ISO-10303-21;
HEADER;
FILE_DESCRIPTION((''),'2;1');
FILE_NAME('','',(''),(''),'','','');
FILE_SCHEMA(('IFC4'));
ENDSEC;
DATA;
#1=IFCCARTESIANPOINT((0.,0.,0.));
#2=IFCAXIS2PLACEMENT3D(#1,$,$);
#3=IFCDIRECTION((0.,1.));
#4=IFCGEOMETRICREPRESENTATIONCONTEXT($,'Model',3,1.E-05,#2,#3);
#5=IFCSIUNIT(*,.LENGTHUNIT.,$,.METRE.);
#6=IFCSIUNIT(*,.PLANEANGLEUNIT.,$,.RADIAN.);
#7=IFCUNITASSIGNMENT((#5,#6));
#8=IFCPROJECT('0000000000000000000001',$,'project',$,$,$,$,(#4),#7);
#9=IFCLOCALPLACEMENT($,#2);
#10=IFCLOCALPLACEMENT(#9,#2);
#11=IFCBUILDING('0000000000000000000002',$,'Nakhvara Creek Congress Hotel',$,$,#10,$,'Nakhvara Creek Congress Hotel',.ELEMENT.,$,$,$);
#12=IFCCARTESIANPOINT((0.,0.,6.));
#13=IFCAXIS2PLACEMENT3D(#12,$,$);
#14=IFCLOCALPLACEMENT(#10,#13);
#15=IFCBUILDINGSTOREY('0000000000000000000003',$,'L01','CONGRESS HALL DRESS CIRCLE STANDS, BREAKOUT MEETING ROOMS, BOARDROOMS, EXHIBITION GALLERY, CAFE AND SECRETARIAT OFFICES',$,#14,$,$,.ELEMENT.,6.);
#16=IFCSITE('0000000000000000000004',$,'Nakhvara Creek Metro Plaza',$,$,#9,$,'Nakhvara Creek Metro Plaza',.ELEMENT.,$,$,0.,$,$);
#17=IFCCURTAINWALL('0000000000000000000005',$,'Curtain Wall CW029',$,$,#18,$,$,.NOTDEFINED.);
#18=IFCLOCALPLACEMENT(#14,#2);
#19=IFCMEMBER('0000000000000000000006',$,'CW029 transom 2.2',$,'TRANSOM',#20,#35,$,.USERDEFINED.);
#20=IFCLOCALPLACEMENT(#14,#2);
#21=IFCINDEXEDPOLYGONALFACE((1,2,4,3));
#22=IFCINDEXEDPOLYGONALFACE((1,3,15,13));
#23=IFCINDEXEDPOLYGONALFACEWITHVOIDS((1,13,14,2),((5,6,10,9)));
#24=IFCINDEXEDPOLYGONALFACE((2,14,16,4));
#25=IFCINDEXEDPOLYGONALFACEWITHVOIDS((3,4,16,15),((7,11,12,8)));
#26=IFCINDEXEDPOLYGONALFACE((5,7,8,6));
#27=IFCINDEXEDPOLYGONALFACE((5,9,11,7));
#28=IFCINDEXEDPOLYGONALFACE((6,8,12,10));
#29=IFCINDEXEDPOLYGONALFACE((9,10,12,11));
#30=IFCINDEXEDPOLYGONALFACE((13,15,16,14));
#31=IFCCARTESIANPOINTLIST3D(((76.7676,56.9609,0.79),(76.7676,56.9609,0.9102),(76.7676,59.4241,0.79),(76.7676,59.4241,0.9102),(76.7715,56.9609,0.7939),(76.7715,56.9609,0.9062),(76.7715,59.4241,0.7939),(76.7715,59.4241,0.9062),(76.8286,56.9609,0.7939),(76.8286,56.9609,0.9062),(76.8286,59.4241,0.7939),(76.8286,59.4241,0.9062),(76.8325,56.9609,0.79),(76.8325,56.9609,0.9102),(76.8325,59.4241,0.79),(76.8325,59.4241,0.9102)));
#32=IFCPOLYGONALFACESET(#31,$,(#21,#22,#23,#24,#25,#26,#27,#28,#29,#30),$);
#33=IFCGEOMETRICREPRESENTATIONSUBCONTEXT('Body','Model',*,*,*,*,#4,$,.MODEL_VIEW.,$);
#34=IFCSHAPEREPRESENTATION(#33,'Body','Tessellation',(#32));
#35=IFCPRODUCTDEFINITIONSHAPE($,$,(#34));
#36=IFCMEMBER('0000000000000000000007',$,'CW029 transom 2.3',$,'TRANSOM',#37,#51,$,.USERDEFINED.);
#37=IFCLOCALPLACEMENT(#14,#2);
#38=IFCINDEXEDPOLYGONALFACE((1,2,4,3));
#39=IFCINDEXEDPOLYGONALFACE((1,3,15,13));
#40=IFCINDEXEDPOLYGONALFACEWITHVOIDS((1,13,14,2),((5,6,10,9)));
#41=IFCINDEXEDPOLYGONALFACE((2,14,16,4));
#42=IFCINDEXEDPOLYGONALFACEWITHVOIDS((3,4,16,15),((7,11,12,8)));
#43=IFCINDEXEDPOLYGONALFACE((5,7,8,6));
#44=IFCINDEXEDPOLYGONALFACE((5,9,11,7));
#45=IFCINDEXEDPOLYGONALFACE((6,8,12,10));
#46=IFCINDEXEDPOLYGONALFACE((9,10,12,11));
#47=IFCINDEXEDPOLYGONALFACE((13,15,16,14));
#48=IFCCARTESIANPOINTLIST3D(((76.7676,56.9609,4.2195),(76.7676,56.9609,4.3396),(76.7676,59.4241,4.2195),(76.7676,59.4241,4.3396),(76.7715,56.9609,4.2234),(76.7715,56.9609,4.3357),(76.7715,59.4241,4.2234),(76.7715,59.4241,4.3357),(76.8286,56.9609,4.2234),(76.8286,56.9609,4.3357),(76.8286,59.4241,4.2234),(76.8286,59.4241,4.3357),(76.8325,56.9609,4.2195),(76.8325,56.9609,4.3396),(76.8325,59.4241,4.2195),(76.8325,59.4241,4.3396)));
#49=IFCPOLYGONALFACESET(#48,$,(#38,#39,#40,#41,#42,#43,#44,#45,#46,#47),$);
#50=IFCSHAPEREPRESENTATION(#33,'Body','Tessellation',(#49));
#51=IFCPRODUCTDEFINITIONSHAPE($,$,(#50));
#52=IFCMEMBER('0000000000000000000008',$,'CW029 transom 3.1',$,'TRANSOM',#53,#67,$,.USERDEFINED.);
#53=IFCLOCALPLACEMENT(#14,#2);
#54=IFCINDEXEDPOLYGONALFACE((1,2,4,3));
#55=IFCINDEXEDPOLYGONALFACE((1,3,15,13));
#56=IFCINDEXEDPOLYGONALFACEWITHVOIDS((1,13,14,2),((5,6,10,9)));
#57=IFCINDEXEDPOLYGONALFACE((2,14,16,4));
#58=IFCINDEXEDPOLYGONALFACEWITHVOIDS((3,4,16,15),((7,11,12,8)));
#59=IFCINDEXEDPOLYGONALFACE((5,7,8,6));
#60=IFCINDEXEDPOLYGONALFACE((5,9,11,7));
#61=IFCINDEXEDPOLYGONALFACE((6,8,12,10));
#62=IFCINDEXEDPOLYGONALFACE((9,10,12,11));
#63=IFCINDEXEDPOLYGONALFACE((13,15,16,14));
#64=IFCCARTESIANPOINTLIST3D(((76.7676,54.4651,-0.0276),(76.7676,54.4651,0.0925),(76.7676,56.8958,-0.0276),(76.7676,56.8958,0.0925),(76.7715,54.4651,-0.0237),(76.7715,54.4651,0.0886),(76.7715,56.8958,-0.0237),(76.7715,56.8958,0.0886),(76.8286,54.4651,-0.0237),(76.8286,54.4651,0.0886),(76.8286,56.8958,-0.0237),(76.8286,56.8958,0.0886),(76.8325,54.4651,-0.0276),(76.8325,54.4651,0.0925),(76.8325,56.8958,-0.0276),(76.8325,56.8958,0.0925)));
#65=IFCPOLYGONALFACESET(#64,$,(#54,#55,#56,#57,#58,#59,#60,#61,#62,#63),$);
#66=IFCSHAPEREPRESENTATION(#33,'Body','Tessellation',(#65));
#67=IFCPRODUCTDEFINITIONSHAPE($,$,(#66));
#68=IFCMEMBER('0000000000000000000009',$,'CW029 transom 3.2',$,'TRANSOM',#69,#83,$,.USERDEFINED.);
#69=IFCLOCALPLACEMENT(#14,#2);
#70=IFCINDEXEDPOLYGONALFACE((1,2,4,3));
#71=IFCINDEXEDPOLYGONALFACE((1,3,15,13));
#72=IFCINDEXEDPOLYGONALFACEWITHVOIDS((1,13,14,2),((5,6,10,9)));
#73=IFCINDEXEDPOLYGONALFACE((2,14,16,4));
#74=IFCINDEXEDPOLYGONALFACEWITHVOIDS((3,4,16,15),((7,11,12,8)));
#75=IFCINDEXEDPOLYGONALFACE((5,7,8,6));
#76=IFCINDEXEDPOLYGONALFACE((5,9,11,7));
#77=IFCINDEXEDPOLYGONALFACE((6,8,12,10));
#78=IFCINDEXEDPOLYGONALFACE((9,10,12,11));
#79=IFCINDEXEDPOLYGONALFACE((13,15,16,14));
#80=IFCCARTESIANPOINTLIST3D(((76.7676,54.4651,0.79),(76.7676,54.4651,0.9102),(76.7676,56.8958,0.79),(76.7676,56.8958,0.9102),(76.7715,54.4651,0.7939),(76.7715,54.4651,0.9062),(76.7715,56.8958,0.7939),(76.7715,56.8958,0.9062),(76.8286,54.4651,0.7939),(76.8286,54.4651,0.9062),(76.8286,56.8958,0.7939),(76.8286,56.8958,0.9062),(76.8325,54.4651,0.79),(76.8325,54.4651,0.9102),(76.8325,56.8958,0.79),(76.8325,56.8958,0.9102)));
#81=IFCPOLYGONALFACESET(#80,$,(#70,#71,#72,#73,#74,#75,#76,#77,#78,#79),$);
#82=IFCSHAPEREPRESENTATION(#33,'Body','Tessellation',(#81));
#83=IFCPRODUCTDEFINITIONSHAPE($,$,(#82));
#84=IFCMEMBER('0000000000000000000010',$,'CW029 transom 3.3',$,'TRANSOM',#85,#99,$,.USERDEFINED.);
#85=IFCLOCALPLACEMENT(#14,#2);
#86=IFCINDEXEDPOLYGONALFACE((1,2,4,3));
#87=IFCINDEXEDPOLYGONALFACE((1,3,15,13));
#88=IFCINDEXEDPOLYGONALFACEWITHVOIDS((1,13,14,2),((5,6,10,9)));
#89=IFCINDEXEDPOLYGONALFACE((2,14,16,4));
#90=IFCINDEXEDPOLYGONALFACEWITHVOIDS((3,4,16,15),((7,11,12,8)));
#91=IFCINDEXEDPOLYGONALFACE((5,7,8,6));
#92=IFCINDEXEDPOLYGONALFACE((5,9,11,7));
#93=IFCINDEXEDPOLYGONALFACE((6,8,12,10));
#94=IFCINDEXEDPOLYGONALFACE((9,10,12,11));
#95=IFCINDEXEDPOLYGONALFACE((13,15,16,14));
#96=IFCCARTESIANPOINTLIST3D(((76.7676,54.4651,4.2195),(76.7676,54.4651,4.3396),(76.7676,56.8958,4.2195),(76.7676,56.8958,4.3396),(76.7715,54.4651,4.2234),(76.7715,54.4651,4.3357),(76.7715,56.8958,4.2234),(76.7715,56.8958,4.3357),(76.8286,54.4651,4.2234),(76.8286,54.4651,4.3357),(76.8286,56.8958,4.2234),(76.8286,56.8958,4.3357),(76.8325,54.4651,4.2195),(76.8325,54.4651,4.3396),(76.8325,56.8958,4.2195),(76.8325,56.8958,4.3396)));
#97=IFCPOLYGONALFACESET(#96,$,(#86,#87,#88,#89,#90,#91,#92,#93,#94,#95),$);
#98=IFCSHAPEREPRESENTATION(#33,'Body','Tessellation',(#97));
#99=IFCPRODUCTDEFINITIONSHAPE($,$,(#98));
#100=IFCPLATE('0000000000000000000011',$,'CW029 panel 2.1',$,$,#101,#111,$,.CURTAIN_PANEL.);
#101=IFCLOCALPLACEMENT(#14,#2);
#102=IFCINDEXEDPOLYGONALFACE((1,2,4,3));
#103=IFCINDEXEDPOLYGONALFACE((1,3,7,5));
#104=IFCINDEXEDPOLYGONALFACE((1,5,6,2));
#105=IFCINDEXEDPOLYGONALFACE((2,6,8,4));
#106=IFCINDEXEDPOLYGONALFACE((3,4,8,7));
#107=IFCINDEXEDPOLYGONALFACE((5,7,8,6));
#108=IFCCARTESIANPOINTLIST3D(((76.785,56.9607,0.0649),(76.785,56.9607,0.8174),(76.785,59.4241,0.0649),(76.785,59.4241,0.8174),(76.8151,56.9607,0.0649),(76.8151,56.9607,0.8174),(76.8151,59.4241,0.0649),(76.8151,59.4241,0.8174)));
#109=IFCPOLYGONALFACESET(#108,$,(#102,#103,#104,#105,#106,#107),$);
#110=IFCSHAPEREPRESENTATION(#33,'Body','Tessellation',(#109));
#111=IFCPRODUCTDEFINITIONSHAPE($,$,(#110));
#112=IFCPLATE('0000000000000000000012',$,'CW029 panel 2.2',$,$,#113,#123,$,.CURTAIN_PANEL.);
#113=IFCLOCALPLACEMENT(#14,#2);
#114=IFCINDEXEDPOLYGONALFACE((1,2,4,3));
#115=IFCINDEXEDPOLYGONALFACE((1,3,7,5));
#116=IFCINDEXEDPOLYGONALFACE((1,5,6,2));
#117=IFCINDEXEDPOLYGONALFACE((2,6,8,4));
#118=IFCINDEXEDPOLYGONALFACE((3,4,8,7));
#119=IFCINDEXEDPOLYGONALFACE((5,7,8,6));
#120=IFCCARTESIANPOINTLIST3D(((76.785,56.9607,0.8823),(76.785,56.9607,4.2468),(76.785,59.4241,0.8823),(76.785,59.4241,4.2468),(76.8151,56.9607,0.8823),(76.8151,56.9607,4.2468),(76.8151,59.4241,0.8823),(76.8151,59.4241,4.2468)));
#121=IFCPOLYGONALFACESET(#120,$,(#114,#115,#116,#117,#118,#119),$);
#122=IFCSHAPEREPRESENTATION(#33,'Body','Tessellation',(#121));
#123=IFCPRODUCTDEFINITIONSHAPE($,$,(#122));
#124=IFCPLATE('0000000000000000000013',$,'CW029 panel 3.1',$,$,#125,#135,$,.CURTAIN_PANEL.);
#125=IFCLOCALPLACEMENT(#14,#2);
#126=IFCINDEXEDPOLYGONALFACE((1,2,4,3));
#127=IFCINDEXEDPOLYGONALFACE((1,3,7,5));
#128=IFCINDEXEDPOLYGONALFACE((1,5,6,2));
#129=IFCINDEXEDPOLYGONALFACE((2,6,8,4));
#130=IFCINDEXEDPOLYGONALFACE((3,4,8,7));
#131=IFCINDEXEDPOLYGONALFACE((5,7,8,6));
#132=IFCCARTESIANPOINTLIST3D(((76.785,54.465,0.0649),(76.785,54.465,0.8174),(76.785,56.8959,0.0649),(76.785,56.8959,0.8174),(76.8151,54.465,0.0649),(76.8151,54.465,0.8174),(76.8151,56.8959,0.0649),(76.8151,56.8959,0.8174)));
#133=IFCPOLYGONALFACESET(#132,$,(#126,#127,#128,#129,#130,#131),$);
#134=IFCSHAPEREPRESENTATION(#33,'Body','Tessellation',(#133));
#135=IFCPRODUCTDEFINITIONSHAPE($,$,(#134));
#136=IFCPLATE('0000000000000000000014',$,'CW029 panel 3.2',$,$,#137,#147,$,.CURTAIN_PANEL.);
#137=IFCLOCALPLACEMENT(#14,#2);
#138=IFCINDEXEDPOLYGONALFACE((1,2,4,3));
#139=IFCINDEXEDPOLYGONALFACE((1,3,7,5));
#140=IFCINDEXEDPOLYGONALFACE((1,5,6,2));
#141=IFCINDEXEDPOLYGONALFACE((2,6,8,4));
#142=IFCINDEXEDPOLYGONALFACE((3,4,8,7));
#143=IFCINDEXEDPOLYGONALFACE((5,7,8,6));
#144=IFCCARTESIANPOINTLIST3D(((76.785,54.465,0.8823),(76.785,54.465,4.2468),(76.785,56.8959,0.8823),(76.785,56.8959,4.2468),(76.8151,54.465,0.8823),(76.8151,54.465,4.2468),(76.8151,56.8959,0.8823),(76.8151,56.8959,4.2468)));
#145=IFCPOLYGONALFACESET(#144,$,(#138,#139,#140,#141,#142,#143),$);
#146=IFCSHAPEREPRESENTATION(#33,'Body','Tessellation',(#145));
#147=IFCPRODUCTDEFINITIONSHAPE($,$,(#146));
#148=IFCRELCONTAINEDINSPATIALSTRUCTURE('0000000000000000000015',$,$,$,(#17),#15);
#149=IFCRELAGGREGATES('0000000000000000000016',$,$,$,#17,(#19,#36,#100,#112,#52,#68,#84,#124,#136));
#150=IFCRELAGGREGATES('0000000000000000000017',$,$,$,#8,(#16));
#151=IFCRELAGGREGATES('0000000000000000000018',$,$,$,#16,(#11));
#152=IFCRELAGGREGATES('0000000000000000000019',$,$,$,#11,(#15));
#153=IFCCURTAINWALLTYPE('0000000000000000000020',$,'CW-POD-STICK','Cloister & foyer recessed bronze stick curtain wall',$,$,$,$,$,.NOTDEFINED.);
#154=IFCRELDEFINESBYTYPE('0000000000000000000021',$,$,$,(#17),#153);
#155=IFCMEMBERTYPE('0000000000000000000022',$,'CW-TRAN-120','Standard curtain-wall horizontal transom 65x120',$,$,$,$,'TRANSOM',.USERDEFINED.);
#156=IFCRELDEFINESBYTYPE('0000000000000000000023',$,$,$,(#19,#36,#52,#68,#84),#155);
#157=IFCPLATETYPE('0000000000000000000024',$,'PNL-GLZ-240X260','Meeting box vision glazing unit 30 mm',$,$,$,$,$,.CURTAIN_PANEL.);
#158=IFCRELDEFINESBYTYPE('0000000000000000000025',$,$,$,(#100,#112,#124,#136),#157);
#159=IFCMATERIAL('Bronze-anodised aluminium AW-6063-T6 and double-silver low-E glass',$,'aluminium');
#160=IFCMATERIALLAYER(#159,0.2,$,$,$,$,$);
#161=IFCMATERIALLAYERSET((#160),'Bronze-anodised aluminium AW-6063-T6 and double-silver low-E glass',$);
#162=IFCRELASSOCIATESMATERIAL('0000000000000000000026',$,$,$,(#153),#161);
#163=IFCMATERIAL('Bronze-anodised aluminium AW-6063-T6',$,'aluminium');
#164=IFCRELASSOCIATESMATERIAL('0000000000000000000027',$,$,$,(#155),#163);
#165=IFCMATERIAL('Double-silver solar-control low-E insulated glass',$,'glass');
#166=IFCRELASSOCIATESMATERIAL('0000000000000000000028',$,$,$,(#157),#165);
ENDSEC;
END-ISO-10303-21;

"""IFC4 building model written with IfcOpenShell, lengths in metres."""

from ifc_helpers import new_model, si_unit, direction, frame, origin, origin_2d, place, context, subcontext, project, spatial, rectangle, hollow_rectangle, extrude, material, layer, layer_set, material_profile, profile_set, type_object, element, aggregate, save


model = new_model("IFC4")

# Units and contexts
model_context = context("Model", 3, precision=1e-05, world=origin(), true_north=direction((0.0, 1.0)))
body_context = subcontext(model_context, "Body", "Model", "MODEL_VIEW")
ifc_project = project(units=[si_unit("LENGTHUNIT", "METRE"), si_unit("PLANEANGLEUNIT", "RADIAN")], contexts=[model_context])

# Site, building, storey
site_placement = place(None, origin())
site = spatial("IfcSite", under=ifc_project, at=site_placement, Name="Nakhvara Creek Metro Plaza", LongName="Nakhvara Creek Metro Plaza", CompositionType="ELEMENT", RefElevation=0.0)
building_placement = place(site_placement, origin())
building = spatial("IfcBuilding", under=site, at=building_placement, Name="Nakhvara Creek Congress Hotel", LongName="Nakhvara Creek Congress Hotel", CompositionType="ELEMENT")
storey_placement = place(building_placement, frame((0.0, 0.0, 6.0)))
storey = spatial("IfcBuildingStorey", under=building, at=storey_placement, Name="L01", Description="CONGRESS HALL DRESS CIRCLE STANDS, BREAKOUT MEETING ROOMS, BOARDROOMS, EXHIBITION GALLERY, CAFE AND SECRETARIAT OFFICES", CompositionType="ELEMENT", Elevation=6.0)

# Curtain wall, members, plates
ifc_material_1 = material(Name="Bronze-anodised aluminium AW-6063-T6 and double-silver low-E glass", Category="aluminium")
ifc_layer_1 = layer(ifc_material_1, 0.2)
ifc_layer_set_1 = layer_set([ifc_layer_1], Name="Bronze-anodised aluminium AW-6063-T6 and double-silver low-E glass")
curtain_wall_type = type_object("IfcCurtainWallType", Name="CW-POD-STICK", Description="Cloister & foyer recessed bronze stick curtain wall", PredefinedType="NOTDEFINED", material=ifc_layer_set_1)
curtain_wall_placement = place(storey_placement, origin())
curtain_wall = element("IfcCurtainWall", 1, at=curtain_wall_placement, inside=storey, type_object=curtain_wall_type, Name="Curtain Wall CW029", PredefinedType="NOTDEFINED")
ifc_material_2 = material(Name="Bronze-anodised aluminium AW-6063-T6", Category="aluminium")
ifc_material_profile_1 = material_profile(ifc_material_2, hollow_rectangle(XDim=0.0649, YDim=0.1201, WallThickness=0.0039, at=origin_2d()), Name="ALU-TRAN 65x120x4", Category="LoadBearing")
ifc_profile_set_1 = profile_set([ifc_material_profile_1], Name="Bronze-anodised aluminium AW-6063-T6")
member_type_1 = type_object("IfcMemberType", Name="CW-TRAN-120", Description="Standard curtain-wall horizontal transom 65x120", ElementType="TRANSOM", PredefinedType="USERDEFINED", material=ifc_profile_set_1)
member_1_placement = place(storey_placement, frame((76.8, 59.4241, 0.8501), z_axis=(0.0, -1.0, 0.0), x_axis=(1.0, 0.0, 0.0)))
member_1 = element("IfcMember", 2, at=member_1_placement, type_object=member_type_1, Name="CW029 transom 2.2", ObjectType="TRANSOM", PredefinedType="USERDEFINED", context=body_context, shape_type="SweptSolid", body=[
    extrude(hollow_rectangle(XDim=0.0649, YDim=0.1201, WallThickness=0.0039, at=origin_2d()), origin(), (0.0, 0.0, 1.0), 2.4631),
])
member_2_placement = place(storey_placement, frame((76.8, 59.4241, 4.2795), z_axis=(0.0, -1.0, 0.0), x_axis=(1.0, 0.0, 0.0)))
member_2 = element("IfcMember", 3, at=member_2_placement, type_object=member_type_1, Name="CW029 transom 2.3", ObjectType="TRANSOM", PredefinedType="USERDEFINED", context=body_context, shape_type="SweptSolid", body=[
    extrude(hollow_rectangle(XDim=0.0649, YDim=0.1201, WallThickness=0.0039, at=origin_2d()), origin(), (0.0, 0.0, 1.0), 2.4631),
])
member_3_placement = place(storey_placement, frame((76.8, 56.8958, 0.0325), z_axis=(0.0, -1.0, 0.0), x_axis=(1.0, 0.0, 0.0)))
member_3 = element("IfcMember", 4, at=member_3_placement, type_object=member_type_1, Name="CW029 transom 3.1", ObjectType="TRANSOM", PredefinedType="USERDEFINED", context=body_context, shape_type="SweptSolid", body=[
    extrude(hollow_rectangle(XDim=0.0649, YDim=0.1201, WallThickness=0.0039, at=origin_2d()), origin(), (0.0, 0.0, 1.0), 2.4307),
])
member_4_placement = place(storey_placement, frame((76.8, 56.8958, 0.8501), z_axis=(0.0, -1.0, 0.0), x_axis=(1.0, 0.0, 0.0)))
member_4 = element("IfcMember", 5, at=member_4_placement, type_object=member_type_1, Name="CW029 transom 3.2", ObjectType="TRANSOM", PredefinedType="USERDEFINED", context=body_context, shape_type="SweptSolid", body=[
    extrude(hollow_rectangle(XDim=0.0649, YDim=0.1201, WallThickness=0.0039, at=origin_2d()), origin(), (0.0, 0.0, 1.0), 2.4307),
])
member_5_placement = place(storey_placement, frame((76.8, 56.8958, 4.2795), z_axis=(0.0, -1.0, 0.0), x_axis=(1.0, 0.0, 0.0)))
member_5 = element("IfcMember", 6, at=member_5_placement, type_object=member_type_1, Name="CW029 transom 3.3", ObjectType="TRANSOM", PredefinedType="USERDEFINED", context=body_context, shape_type="SweptSolid", body=[
    extrude(hollow_rectangle(XDim=0.0649, YDim=0.1201, WallThickness=0.0039, at=origin_2d()), origin(), (0.0, 0.0, 1.0), 2.4307),
])
ifc_material_3 = material(Name="Double-silver solar-control low-E insulated glass", Category="glass")
plate_type = type_object("IfcPlateType", Name="PNL-GLZ-240X260", Description="Meeting box vision glazing unit 30 mm", PredefinedType="CURTAIN_PANEL", material=ifc_material_3)
plate_1_placement = place(storey_placement, frame((76.8, 58.1924, 0.0649), z_axis=(0.0, 0.0, 1.0), x_axis=(0.0, -1.0, 0.0)))
plate_1 = element("IfcPlate", 7, at=plate_1_placement, type_object=plate_type, Name="CW029 panel 2.1", PredefinedType="CURTAIN_PANEL", context=body_context, shape_type="SweptSolid", body=[
    extrude(rectangle(XDim=2.4634, YDim=0.03, at=origin_2d()), origin(), (0.0, 0.0, 1.0), 0.7524),
])
plate_2_placement = place(storey_placement, frame((76.8, 58.1924, 0.8823), z_axis=(0.0, 0.0, 1.0), x_axis=(0.0, -1.0, 0.0)))
plate_2 = element("IfcPlate", 8, at=plate_2_placement, type_object=plate_type, Name="CW029 panel 2.2", PredefinedType="CURTAIN_PANEL", context=body_context, shape_type="SweptSolid", body=[
    extrude(rectangle(XDim=2.4634, YDim=0.03, at=origin_2d()), origin(), (0.0, 0.0, 1.0), 3.3645),
])
plate_3_placement = place(storey_placement, frame((76.8, 55.6804, 0.0649), z_axis=(0.0, 0.0, 1.0), x_axis=(0.0, -1.0, 0.0)))
plate_3 = element("IfcPlate", 9, at=plate_3_placement, type_object=plate_type, Name="CW029 panel 3.1", PredefinedType="CURTAIN_PANEL", context=body_context, shape_type="SweptSolid", body=[
    extrude(rectangle(XDim=2.4309, YDim=0.03, at=origin_2d()), origin(), (0.0, 0.0, 1.0), 0.7524),
])
plate_4_placement = place(storey_placement, frame((76.8, 55.6804, 0.8823), z_axis=(0.0, 0.0, 1.0), x_axis=(0.0, -1.0, 0.0)))
plate_4 = element("IfcPlate", 10, at=plate_4_placement, type_object=plate_type, Name="CW029 panel 3.2", PredefinedType="CURTAIN_PANEL", context=body_context, shape_type="SweptSolid", body=[
    extrude(rectangle(XDim=2.4309, YDim=0.03, at=origin_2d()), origin(), (0.0, 0.0, 1.0), 3.3645),
])
aggregate(curtain_wall, [member_1, member_2, plate_1, plate_2, member_3, member_4, member_5, plate_3, plate_4])

save(model, "model.ifc")
